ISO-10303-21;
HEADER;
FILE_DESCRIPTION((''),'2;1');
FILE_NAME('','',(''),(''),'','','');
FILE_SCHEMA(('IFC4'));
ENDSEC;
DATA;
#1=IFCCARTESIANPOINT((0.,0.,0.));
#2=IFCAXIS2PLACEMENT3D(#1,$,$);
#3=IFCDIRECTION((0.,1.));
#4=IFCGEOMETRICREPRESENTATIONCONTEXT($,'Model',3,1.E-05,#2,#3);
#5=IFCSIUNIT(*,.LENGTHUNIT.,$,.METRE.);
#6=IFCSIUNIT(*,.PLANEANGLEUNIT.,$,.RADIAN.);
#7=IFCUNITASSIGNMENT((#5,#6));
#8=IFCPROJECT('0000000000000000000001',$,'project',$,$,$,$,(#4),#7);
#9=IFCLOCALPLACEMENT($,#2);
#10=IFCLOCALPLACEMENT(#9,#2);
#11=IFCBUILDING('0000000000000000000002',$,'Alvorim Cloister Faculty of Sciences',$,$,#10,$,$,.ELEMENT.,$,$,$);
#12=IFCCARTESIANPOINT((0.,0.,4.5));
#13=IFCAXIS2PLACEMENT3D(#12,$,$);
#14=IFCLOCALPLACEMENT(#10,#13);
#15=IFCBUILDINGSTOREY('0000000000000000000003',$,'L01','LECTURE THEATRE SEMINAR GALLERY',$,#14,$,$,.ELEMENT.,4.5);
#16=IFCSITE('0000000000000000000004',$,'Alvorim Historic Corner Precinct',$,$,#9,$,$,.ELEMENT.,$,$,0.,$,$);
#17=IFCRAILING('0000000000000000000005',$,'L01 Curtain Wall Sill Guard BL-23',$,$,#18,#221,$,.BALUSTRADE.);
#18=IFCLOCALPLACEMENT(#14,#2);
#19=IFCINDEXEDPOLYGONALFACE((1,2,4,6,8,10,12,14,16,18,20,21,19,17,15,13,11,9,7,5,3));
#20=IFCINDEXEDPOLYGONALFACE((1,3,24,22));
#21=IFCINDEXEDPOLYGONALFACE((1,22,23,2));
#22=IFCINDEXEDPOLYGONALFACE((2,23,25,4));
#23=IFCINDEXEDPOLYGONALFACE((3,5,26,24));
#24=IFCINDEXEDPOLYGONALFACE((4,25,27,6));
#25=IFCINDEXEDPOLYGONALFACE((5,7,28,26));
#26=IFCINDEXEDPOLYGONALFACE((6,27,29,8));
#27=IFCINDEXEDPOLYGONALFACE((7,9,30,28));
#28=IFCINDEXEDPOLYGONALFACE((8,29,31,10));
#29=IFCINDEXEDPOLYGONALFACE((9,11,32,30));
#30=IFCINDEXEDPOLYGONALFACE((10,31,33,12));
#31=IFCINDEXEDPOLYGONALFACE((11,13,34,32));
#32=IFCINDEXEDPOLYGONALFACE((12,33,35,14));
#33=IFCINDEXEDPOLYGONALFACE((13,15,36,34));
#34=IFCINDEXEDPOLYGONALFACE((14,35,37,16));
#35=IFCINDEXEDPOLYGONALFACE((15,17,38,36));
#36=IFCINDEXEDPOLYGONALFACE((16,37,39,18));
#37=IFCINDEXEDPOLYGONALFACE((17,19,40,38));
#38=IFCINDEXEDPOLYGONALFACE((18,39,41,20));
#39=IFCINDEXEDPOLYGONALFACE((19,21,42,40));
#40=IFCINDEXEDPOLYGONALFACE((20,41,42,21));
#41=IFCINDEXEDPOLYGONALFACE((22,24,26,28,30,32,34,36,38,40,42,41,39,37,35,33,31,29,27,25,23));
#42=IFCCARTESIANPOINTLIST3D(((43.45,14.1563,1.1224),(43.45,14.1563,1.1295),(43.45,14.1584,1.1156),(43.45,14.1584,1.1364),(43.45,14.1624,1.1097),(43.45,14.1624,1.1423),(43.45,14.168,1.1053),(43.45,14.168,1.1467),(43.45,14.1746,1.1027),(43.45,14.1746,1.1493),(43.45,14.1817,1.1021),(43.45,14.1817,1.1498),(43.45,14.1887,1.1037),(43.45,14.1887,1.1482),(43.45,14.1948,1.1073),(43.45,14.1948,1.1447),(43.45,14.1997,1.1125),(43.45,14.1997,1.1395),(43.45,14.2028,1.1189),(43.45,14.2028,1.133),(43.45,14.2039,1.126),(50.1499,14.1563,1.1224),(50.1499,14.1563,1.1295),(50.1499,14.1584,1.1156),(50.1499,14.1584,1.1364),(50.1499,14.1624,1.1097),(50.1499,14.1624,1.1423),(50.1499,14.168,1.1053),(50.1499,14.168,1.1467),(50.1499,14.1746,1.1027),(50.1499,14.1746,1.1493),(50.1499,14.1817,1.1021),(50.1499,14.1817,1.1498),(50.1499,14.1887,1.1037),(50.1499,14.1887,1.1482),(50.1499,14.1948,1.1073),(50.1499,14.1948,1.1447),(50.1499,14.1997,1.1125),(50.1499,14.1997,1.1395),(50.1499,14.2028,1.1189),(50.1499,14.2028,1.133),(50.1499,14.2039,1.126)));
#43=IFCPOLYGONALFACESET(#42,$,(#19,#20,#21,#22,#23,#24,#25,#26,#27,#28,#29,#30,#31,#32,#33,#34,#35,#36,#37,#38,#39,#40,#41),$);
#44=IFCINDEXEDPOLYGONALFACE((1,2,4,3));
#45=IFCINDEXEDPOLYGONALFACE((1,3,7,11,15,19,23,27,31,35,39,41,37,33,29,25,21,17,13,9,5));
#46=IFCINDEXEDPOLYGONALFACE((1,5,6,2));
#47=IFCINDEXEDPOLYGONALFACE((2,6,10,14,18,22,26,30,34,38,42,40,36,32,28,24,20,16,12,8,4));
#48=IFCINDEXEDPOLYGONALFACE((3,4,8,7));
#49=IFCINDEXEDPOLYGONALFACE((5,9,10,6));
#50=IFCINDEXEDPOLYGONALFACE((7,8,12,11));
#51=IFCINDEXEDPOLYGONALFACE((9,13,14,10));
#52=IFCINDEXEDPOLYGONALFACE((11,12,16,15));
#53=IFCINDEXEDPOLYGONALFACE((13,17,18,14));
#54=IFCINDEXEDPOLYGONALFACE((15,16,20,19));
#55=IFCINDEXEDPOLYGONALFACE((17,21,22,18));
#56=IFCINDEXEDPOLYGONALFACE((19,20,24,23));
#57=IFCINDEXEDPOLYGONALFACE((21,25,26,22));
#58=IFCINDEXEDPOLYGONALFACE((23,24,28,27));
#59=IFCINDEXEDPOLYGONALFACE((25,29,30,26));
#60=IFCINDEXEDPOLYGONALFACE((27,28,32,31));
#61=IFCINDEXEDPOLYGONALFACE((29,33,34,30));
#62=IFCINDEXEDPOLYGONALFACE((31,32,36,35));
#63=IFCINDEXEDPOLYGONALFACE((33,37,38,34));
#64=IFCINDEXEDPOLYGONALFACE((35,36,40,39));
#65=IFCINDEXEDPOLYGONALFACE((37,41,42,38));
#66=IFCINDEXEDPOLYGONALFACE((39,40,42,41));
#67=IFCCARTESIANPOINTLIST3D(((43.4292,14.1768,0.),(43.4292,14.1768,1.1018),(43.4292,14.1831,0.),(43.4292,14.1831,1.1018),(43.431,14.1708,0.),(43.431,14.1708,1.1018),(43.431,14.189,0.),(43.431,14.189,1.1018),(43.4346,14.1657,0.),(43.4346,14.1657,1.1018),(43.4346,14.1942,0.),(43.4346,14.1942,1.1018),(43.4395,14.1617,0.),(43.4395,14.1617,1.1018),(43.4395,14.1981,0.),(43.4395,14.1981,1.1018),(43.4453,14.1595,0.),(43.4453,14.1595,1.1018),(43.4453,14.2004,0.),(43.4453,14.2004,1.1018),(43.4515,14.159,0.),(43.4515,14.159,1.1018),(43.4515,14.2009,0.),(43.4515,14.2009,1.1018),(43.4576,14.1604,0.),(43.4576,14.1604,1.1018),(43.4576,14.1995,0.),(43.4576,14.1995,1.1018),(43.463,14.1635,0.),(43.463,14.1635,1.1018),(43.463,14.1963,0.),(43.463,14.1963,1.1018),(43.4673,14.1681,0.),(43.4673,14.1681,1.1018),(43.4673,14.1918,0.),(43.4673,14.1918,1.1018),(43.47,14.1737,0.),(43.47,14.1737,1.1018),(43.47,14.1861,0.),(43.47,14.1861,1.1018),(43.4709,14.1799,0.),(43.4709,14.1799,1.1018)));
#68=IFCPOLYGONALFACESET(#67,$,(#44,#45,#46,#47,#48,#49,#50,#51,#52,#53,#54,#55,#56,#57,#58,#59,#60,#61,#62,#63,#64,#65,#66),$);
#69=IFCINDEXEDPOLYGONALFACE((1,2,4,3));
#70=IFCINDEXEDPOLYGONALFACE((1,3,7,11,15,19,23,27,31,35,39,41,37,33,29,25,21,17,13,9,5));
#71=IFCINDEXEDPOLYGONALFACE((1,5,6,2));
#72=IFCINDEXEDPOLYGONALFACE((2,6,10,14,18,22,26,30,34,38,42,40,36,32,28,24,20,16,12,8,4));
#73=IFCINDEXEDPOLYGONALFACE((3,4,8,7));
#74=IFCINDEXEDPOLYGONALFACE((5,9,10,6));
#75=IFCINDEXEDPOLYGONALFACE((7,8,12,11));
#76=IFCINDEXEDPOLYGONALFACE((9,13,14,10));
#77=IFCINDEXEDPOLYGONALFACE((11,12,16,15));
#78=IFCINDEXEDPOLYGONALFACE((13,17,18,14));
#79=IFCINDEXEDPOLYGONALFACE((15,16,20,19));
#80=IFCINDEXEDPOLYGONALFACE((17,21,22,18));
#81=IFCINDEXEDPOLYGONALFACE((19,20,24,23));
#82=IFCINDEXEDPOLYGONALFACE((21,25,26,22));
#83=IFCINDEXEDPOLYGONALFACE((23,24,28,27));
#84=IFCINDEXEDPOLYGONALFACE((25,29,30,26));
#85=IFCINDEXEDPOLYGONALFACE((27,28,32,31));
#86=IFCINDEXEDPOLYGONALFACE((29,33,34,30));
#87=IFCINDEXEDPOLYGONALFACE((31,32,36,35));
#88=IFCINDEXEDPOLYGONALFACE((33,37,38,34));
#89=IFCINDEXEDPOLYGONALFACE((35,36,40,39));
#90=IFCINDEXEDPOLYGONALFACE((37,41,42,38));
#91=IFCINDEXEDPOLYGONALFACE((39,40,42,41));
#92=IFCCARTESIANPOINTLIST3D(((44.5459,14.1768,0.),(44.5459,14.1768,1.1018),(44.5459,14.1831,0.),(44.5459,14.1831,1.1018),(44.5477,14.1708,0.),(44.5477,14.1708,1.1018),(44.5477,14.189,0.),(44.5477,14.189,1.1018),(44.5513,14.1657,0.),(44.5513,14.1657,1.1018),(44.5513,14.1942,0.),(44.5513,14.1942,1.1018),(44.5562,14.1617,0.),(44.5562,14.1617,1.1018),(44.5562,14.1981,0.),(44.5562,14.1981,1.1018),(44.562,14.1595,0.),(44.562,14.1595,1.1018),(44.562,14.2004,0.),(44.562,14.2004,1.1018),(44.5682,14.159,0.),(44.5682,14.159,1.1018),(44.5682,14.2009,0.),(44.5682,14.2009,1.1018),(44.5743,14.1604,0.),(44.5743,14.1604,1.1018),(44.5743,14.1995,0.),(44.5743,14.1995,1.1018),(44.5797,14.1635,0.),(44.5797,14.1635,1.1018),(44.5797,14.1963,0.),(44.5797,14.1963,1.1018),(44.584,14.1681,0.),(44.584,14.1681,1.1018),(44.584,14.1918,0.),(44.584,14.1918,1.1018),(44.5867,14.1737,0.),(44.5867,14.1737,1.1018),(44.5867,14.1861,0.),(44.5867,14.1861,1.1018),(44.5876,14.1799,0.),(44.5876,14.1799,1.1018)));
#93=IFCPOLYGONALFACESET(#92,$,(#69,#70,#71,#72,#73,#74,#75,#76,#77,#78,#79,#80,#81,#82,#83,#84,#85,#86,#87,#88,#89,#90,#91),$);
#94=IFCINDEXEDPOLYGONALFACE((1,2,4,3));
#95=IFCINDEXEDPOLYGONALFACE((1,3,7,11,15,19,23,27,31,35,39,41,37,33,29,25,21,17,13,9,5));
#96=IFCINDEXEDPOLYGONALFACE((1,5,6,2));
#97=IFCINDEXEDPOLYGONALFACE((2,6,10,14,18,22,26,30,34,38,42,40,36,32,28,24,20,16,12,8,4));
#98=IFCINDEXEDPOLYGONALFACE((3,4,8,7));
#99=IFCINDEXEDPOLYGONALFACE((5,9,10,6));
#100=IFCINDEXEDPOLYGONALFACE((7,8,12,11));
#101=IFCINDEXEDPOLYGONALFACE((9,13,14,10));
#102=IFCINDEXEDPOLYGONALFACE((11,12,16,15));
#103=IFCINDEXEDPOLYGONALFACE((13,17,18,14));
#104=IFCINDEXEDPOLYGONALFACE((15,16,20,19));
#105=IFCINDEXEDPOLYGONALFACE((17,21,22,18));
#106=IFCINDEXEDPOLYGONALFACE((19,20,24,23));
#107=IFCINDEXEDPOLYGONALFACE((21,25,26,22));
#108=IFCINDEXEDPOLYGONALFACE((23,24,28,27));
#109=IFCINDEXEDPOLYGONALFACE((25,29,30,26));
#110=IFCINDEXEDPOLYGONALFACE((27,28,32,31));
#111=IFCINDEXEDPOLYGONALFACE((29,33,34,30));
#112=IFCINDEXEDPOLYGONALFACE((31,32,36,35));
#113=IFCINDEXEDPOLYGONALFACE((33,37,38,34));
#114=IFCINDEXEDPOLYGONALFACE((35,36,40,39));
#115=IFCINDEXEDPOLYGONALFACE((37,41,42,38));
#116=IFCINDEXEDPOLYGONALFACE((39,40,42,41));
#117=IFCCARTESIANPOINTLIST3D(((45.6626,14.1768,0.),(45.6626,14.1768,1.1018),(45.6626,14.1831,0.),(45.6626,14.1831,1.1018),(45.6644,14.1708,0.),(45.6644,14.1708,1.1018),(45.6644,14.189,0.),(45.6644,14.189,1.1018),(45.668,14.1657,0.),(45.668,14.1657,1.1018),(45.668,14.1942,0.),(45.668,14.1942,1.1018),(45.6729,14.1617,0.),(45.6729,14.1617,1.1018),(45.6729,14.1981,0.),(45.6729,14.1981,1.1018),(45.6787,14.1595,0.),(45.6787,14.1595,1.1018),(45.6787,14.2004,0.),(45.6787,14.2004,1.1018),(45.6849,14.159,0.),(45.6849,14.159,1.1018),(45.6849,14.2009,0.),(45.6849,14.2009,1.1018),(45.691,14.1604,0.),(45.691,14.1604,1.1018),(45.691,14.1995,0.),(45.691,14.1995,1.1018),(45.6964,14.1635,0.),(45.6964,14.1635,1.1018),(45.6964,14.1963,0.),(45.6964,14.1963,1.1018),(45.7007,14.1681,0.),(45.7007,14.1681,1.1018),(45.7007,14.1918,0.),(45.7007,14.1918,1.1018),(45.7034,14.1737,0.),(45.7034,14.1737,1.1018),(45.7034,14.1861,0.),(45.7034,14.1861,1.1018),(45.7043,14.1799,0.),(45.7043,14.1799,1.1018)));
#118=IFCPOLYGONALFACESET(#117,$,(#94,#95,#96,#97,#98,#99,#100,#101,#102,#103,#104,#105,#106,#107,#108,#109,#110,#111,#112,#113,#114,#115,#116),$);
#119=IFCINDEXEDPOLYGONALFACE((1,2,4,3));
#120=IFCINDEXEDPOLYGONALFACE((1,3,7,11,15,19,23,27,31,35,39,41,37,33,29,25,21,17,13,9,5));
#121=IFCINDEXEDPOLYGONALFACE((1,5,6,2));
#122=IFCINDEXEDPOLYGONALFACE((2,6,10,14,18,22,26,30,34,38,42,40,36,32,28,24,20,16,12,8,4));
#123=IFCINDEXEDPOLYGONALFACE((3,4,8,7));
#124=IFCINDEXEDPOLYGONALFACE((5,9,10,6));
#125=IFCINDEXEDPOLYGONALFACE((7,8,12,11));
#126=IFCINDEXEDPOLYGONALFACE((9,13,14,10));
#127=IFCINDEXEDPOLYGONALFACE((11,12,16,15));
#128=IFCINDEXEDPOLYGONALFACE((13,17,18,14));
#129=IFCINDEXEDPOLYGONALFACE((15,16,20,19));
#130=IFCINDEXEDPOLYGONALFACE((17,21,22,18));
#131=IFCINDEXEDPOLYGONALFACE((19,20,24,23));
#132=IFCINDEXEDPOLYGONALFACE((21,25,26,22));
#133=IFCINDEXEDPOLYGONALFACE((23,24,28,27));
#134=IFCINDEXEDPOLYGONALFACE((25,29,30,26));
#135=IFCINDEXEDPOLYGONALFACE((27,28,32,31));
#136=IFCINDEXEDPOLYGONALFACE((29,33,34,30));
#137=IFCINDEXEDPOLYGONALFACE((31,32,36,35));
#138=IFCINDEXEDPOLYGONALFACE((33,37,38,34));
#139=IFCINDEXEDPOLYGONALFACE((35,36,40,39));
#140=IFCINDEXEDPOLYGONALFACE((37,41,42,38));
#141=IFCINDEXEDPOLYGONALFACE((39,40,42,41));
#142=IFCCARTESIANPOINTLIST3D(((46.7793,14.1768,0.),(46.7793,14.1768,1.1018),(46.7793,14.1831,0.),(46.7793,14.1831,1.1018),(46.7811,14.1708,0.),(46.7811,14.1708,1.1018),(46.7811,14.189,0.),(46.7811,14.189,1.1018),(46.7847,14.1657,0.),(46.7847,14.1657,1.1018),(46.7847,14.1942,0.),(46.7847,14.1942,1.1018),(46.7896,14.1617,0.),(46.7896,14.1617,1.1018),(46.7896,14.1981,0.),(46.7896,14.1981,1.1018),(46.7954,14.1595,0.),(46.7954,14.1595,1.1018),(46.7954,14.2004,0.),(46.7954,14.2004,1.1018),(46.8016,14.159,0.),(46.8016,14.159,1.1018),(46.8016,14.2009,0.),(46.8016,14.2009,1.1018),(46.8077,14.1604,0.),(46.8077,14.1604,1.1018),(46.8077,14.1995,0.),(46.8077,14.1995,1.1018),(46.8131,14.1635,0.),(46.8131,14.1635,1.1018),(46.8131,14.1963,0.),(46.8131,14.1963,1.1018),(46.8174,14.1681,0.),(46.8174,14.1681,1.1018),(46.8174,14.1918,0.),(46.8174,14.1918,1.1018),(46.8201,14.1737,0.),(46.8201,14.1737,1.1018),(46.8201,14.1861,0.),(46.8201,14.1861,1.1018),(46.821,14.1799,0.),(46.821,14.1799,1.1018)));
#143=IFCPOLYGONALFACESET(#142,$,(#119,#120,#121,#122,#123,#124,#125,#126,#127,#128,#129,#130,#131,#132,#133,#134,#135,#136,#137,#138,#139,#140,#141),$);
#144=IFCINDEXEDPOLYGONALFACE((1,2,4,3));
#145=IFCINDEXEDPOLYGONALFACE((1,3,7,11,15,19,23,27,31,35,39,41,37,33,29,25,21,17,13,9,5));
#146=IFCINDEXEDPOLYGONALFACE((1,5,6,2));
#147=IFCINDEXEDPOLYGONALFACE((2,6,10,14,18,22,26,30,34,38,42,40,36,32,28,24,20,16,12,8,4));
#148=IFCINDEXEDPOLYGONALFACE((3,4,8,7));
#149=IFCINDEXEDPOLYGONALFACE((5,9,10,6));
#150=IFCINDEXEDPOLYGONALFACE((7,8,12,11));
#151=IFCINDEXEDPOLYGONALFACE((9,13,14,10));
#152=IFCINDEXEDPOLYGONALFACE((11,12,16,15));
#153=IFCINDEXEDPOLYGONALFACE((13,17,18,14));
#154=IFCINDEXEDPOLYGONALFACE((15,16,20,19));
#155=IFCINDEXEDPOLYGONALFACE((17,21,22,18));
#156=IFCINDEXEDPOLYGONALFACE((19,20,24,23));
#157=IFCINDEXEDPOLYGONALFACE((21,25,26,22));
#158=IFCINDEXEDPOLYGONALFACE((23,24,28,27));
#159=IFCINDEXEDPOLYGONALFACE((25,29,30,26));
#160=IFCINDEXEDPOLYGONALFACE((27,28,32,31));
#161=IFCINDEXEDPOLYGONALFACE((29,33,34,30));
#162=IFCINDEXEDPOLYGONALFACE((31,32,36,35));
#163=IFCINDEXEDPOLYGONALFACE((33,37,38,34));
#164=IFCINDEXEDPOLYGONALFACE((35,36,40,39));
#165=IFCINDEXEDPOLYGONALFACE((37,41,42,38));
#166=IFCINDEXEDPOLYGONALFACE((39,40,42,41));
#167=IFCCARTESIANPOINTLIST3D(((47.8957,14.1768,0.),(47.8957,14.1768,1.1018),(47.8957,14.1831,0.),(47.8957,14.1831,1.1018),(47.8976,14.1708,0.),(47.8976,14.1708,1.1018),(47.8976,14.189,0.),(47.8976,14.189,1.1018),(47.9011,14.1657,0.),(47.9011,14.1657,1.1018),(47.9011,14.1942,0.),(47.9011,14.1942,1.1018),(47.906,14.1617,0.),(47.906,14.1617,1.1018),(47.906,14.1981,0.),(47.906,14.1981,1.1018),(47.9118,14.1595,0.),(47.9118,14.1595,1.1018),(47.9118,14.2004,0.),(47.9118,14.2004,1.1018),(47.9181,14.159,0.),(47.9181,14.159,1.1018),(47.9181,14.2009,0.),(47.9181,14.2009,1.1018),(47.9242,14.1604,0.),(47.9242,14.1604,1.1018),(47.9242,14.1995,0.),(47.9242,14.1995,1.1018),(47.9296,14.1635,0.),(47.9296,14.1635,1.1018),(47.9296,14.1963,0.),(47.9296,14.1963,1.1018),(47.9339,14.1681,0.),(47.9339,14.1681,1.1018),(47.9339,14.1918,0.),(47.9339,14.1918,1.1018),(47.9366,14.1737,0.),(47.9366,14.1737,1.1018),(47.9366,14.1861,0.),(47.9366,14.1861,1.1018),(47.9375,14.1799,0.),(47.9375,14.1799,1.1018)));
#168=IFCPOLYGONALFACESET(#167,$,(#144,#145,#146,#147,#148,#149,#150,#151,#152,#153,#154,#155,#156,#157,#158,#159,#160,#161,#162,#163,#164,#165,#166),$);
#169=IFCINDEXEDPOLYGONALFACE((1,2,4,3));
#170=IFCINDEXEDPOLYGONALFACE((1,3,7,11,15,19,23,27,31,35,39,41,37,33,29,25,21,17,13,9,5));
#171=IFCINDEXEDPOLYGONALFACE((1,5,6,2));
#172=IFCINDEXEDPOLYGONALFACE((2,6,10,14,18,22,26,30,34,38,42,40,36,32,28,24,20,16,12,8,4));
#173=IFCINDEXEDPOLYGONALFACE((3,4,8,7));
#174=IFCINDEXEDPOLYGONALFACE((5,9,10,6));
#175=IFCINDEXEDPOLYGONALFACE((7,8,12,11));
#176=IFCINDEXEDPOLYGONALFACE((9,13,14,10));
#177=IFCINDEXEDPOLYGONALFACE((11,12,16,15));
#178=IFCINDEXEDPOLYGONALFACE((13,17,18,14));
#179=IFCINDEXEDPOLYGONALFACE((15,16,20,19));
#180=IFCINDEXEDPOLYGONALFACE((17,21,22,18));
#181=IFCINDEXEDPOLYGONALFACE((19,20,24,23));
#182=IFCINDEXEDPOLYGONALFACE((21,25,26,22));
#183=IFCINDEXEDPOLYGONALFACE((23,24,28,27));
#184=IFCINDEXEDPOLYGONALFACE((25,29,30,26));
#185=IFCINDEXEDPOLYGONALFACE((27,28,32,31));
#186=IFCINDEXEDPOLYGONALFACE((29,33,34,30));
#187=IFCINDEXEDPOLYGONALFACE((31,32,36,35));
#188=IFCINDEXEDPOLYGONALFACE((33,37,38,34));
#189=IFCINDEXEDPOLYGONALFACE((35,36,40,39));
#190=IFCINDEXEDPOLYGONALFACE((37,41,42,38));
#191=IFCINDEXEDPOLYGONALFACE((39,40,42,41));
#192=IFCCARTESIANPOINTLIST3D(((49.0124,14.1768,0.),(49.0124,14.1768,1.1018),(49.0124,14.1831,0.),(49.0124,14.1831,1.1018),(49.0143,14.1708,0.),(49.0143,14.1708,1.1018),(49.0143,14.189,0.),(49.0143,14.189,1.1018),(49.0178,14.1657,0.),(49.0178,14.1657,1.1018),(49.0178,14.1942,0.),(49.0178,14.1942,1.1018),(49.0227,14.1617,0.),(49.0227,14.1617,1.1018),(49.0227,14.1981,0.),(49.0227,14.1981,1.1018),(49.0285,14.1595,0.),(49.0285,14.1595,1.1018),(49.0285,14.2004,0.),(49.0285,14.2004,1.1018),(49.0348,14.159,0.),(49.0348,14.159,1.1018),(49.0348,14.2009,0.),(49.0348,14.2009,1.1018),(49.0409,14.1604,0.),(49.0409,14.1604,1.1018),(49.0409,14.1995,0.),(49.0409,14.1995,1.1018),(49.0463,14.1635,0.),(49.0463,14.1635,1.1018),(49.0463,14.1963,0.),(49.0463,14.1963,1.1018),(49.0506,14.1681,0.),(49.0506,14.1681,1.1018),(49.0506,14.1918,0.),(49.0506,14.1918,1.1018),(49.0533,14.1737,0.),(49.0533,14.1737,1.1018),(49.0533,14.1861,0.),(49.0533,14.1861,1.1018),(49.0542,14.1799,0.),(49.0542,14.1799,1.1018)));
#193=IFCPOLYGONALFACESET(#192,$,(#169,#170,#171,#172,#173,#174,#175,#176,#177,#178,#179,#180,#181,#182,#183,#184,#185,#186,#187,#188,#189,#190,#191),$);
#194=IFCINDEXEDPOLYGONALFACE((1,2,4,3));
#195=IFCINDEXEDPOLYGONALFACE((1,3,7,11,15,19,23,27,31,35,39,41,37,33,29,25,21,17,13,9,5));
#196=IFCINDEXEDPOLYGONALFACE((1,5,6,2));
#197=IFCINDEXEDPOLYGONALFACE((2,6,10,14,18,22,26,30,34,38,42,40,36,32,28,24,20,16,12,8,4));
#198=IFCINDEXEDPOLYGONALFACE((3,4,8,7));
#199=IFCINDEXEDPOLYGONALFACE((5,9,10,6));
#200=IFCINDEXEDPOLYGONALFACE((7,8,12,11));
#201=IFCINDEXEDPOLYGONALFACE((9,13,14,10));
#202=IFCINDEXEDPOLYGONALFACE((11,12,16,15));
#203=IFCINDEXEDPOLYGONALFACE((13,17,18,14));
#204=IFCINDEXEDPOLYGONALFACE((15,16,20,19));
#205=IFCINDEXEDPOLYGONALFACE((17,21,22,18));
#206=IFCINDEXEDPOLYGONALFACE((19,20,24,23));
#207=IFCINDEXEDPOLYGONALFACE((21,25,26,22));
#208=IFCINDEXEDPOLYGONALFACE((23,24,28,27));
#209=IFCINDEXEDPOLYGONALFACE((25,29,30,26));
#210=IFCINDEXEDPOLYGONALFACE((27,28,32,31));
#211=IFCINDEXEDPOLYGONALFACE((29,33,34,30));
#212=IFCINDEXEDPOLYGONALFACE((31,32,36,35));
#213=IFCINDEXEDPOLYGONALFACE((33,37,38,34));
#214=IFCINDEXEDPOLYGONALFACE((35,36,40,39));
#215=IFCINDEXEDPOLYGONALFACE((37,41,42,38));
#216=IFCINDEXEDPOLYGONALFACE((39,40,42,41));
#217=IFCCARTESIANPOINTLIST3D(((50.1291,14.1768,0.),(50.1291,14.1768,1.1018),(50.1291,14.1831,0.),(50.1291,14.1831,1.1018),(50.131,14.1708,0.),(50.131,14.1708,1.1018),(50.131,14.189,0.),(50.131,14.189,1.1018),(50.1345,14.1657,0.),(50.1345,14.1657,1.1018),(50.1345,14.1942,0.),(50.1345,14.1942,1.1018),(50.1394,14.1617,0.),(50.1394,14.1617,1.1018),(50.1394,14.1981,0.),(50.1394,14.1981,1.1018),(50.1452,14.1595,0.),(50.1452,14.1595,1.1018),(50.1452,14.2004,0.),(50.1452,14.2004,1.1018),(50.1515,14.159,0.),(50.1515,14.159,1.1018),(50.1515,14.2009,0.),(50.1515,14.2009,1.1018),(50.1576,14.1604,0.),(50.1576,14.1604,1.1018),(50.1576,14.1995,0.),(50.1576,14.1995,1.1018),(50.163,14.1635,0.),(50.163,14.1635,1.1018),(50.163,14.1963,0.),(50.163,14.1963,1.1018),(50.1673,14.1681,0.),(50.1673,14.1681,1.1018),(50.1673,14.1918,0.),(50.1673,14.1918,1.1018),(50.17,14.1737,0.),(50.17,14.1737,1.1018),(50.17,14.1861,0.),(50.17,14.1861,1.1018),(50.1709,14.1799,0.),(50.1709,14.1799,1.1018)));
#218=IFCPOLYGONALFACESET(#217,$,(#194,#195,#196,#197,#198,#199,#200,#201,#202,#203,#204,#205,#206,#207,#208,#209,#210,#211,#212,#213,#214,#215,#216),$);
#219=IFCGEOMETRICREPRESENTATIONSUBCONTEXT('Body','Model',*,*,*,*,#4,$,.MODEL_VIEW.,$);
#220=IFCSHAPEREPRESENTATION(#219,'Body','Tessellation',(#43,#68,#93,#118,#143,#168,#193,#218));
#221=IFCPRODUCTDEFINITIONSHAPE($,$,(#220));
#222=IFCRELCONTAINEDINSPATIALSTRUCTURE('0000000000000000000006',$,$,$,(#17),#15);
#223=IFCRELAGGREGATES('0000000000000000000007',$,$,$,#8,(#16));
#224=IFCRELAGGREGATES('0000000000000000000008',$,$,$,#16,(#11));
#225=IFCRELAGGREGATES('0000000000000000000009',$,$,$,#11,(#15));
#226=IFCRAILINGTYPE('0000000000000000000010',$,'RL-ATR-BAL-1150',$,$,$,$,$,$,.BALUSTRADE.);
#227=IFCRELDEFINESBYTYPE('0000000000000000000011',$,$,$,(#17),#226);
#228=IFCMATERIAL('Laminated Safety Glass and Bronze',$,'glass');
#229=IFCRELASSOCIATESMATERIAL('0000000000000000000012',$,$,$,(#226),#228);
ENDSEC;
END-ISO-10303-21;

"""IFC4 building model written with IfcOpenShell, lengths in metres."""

from ifc_helpers import new_model, si_unit, direction, frame, origin, origin_2d, place, context, subcontext, project, spatial, circle, extrude, material, type_object, element, save


model = new_model("IFC4")

# Units and contexts
model_context = context("Model", 3, precision=1e-05, world=origin(), true_north=direction((0.0, 1.0)))
body_context = subcontext(model_context, "Body", "Model", "MODEL_VIEW")
ifc_project = project(units=[si_unit("LENGTHUNIT", "METRE"), si_unit("PLANEANGLEUNIT", "RADIAN")], contexts=[model_context])

# Site, building, storey
site_placement = place(None, origin())
site = spatial("IfcSite", under=ifc_project, at=site_placement, Name="Alvorim Historic Corner Precinct", CompositionType="ELEMENT", RefElevation=0.0)
building_placement = place(site_placement, origin())
building = spatial("IfcBuilding", under=site, at=building_placement, Name="Alvorim Cloister Faculty of Sciences", CompositionType="ELEMENT")
storey_placement = place(building_placement, frame((0.0, 0.0, 4.5)))
storey = spatial("IfcBuildingStorey", under=building, at=storey_placement, Name="L01", Description="LECTURE THEATRE SEMINAR GALLERY", CompositionType="ELEMENT", Elevation=4.5)

# Railing
ifc_material_1 = material(Name="Laminated Safety Glass and Bronze", Category="glass")
railing_type = type_object("IfcRailingType", Name="RL-ATR-BAL-1150", PredefinedType="BALUSTRADE", material=ifc_material_1)
railing_placement = place(storey_placement, frame((43.45, 14.1799, 0.0)))
element("IfcRailing", 1, at=railing_placement, inside=storey, type_object=railing_type, Name="L01 Curtain Wall Sill Guard BL-23", PredefinedType="BALUSTRADE", context=body_context, shape_type="SweptSolid", body=[
    extrude(circle(Radius=0.0239, at=origin_2d()), frame((0.0, 0.0, 1.126), z_axis=(1.0, 0.0, 0.0), x_axis=(0.0, 1.0, 0.0)), (0.0, 0.0, 1.0), 6.7),
    extrude(circle(Radius=0.021, at=origin_2d()), origin(), (0.0, 0.0, 1.0), 1.1018),
    extrude(circle(Radius=0.021, at=origin_2d()), frame((1.1167, 0.0, 0.0)), (0.0, 0.0, 1.0), 1.1018),
    extrude(circle(Radius=0.021, at=origin_2d()), frame((2.2334, 0.0, 0.0)), (0.0, 0.0, 1.0), 1.1018),
    extrude(circle(Radius=0.021, at=origin_2d()), frame((3.3501, 0.0, 0.0)), (0.0, 0.0, 1.0), 1.1018),
    extrude(circle(Radius=0.021, at=origin_2d()), frame((4.4666, 0.0, 0.0)), (0.0, 0.0, 1.0), 1.1018),
    extrude(circle(Radius=0.021, at=origin_2d()), frame((5.5833, 0.0, 0.0)), (0.0, 0.0, 1.0), 1.1018),
    extrude(circle(Radius=0.021, at=origin_2d()), frame((6.7, 0.0, 0.0)), (0.0, 0.0, 1.0), 1.1018),
])

save(model, "model.ifc")
